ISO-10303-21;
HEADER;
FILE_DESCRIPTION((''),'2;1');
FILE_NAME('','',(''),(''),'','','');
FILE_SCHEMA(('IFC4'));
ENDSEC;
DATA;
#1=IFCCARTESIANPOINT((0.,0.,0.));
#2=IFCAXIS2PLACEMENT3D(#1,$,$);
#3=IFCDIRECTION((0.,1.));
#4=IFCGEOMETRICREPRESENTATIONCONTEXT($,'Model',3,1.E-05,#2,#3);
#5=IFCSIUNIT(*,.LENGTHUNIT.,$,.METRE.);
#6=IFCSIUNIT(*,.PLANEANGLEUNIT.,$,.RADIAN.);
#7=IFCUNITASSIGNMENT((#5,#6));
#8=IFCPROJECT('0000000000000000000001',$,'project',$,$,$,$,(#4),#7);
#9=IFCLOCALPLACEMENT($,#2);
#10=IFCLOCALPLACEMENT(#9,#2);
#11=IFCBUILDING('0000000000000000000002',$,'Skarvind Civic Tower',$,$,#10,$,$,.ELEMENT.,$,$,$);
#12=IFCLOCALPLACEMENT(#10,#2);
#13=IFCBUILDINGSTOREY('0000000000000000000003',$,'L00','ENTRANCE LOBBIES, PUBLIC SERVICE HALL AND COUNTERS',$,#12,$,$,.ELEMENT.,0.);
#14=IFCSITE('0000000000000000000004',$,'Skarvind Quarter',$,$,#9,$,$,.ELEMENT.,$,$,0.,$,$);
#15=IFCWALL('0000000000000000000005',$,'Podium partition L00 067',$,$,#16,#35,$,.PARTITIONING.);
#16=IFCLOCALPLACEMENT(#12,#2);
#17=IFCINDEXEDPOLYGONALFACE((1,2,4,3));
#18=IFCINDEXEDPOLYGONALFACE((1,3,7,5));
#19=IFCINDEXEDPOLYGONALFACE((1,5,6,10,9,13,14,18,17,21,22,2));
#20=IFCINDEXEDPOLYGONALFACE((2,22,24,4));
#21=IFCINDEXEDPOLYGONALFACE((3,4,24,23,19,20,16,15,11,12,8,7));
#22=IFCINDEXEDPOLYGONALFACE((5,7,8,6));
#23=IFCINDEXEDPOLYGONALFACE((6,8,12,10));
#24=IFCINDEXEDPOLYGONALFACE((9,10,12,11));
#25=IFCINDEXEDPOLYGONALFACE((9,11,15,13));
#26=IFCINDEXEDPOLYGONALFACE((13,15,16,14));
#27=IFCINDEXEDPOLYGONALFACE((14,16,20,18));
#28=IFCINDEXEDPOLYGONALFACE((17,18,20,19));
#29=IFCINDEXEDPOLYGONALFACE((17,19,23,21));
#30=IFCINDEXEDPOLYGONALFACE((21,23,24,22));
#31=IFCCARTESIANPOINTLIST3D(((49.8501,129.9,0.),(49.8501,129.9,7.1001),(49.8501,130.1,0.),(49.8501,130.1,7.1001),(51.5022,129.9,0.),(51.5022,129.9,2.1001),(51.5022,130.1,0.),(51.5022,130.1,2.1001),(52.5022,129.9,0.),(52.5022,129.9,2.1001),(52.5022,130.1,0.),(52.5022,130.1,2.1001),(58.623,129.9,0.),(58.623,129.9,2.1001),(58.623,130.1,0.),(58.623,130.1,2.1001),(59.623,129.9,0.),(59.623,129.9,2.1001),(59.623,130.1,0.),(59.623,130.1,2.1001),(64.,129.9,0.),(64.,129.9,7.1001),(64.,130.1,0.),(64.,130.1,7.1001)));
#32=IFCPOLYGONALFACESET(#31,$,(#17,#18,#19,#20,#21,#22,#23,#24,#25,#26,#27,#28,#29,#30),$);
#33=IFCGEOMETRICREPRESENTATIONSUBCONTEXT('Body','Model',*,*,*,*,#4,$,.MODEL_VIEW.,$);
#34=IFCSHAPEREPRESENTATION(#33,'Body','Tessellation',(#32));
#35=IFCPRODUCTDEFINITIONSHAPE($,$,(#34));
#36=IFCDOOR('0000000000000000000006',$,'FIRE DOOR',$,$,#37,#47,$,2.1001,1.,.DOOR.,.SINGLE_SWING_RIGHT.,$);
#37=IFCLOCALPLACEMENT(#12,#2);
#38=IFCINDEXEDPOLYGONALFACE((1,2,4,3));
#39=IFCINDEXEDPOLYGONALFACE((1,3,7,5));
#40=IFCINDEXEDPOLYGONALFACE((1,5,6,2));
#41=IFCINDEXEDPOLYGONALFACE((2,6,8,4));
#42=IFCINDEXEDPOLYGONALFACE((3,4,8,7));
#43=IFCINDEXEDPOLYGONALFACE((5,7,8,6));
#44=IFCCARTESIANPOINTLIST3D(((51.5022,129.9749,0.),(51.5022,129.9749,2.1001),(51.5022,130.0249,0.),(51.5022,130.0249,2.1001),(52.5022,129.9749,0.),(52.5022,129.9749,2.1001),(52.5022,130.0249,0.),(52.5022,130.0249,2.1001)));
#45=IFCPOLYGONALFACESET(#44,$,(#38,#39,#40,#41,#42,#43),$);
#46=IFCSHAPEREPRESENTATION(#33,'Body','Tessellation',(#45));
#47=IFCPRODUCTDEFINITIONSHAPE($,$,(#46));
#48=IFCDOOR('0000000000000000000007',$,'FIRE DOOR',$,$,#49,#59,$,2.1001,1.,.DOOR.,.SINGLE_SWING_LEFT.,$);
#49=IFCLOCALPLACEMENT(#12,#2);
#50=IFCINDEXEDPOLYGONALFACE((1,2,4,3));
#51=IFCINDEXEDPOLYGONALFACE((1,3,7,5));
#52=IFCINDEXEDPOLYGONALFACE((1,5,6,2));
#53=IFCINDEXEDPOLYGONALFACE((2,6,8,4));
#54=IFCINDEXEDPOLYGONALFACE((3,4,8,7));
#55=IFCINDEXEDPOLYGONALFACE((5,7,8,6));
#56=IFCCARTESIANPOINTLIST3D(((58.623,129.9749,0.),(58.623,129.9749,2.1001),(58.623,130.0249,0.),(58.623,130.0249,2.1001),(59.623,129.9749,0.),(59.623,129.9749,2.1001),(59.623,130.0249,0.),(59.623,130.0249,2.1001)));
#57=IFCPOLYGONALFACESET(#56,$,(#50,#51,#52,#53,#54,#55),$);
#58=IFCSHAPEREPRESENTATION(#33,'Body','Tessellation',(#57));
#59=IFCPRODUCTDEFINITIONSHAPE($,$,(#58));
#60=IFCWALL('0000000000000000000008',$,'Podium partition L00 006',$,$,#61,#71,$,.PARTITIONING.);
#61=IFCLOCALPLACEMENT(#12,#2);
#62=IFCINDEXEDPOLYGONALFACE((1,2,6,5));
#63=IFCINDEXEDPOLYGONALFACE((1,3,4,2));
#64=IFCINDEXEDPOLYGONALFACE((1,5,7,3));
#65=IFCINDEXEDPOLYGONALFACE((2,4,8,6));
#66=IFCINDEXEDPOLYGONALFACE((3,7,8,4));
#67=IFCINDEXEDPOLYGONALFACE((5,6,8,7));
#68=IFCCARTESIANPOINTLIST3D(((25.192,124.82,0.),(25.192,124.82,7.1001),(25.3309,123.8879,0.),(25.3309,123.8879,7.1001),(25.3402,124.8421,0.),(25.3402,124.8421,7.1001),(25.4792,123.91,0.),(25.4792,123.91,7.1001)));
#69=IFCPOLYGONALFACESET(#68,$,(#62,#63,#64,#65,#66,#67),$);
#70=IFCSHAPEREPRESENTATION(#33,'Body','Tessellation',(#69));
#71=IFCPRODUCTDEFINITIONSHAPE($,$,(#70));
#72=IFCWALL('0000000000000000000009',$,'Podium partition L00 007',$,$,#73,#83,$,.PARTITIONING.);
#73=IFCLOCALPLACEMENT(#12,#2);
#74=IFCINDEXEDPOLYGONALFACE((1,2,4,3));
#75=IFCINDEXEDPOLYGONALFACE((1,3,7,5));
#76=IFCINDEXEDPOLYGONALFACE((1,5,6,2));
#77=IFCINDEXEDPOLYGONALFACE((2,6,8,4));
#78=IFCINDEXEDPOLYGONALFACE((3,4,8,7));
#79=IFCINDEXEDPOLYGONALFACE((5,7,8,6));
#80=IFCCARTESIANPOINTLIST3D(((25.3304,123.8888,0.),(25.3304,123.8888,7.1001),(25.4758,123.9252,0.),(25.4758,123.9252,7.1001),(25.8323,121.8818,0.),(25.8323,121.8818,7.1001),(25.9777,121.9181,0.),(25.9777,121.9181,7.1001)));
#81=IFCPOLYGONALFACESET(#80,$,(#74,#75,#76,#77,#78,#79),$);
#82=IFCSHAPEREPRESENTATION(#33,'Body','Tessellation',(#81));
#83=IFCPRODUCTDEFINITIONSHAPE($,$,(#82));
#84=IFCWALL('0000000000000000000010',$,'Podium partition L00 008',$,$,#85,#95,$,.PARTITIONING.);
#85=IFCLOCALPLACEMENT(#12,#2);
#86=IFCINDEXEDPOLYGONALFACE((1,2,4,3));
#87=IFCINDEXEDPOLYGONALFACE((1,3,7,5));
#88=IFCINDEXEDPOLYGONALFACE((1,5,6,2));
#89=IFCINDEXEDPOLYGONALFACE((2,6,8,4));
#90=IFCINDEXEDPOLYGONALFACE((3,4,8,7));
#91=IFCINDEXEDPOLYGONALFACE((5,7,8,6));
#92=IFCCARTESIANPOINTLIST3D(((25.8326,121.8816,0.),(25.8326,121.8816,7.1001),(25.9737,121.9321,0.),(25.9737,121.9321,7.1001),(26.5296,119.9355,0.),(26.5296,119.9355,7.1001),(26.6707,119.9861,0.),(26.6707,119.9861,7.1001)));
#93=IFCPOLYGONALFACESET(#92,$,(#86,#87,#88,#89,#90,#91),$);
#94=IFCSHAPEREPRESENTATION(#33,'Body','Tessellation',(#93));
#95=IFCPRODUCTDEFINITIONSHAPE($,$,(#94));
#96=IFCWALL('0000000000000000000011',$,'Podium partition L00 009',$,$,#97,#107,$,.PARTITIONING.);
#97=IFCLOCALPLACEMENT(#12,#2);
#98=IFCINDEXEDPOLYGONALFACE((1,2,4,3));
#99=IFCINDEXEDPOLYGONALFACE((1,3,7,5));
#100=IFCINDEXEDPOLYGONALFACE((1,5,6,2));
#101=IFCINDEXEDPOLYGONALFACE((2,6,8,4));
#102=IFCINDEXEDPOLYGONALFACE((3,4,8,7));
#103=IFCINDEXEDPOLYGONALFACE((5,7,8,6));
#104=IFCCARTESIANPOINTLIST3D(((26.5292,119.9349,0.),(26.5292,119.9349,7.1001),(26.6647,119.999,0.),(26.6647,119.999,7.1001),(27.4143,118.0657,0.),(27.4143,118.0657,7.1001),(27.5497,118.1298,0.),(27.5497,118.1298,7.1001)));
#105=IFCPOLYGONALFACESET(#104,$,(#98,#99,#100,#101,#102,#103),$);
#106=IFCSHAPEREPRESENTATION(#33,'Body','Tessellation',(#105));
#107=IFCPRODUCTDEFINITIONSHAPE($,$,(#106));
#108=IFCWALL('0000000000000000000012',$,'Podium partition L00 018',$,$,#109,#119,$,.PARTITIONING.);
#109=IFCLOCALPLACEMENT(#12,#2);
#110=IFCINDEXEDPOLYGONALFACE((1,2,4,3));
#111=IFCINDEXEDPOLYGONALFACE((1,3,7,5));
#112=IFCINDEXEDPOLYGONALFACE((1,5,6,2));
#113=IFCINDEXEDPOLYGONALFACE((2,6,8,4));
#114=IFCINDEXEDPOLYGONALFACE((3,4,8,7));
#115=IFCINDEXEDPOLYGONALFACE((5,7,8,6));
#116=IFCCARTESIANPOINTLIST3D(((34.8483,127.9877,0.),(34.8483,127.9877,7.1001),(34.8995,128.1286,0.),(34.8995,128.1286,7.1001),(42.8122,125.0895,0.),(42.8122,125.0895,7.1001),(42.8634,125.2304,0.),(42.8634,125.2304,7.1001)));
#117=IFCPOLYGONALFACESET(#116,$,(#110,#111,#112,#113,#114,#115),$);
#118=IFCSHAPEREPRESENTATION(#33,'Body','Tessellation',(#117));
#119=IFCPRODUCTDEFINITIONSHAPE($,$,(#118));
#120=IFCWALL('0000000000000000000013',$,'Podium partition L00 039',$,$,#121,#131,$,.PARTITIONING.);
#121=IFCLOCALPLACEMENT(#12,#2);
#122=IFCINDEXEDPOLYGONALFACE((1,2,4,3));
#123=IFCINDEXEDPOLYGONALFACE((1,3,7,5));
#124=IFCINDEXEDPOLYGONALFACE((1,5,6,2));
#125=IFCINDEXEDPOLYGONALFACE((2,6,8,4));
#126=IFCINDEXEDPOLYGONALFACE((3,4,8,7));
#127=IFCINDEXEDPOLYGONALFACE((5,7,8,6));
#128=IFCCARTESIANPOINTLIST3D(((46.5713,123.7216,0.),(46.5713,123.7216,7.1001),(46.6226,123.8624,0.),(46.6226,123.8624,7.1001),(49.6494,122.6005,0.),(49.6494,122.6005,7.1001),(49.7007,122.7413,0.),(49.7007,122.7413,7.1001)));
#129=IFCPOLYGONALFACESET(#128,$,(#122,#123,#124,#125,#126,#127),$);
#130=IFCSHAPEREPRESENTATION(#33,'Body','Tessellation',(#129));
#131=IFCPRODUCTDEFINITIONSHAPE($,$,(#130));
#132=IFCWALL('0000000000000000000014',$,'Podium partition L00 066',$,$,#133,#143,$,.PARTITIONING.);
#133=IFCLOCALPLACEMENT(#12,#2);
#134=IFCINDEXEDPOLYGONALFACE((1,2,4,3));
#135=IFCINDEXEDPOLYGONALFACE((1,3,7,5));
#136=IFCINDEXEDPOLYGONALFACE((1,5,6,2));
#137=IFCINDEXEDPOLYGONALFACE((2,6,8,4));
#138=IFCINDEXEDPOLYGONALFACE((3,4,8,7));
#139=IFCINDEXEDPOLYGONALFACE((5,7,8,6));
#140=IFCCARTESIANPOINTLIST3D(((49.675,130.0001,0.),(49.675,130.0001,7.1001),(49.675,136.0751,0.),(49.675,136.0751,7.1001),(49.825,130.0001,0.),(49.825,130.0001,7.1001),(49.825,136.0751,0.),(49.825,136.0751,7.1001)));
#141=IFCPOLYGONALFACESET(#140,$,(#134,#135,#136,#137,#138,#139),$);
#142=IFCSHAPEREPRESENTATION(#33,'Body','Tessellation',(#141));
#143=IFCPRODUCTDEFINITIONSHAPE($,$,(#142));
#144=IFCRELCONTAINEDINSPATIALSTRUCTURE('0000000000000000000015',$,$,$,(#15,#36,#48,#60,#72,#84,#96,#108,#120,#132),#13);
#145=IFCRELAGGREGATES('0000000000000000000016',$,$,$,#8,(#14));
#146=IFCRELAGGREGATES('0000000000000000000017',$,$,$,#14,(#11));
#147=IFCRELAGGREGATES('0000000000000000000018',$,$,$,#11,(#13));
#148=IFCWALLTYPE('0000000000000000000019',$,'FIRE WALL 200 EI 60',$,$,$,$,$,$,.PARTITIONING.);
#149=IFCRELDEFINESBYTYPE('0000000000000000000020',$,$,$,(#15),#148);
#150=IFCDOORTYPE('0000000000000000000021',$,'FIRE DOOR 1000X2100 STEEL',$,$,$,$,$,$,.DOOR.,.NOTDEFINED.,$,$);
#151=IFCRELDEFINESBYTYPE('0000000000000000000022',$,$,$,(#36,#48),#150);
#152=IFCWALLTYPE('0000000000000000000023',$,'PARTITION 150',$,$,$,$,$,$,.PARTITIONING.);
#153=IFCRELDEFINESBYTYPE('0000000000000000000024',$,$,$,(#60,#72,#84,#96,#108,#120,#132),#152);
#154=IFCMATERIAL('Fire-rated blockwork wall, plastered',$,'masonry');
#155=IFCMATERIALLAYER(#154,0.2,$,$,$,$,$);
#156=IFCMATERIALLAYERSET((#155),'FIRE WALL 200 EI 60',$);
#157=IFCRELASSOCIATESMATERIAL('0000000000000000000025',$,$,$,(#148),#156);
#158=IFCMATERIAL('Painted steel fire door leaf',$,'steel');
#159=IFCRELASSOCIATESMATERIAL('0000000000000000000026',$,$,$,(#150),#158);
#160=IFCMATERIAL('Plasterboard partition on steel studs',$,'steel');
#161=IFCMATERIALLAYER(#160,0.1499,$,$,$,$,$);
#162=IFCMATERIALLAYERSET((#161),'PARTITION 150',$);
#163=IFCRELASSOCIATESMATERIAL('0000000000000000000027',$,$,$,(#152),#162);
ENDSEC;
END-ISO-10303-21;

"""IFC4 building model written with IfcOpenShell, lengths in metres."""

from ifc_helpers import new_model, si_unit, direction, frame, frame_2d, origin, place, context, subcontext, project, spatial, rectangle, extrude, material, layer, layer_set, type_object, element, fill, save


model = new_model("IFC4")

# Units and contexts
model_context = context("Model", 3, precision=1e-05, world=origin(), true_north=direction((0.0, 1.0)))
body_context = subcontext(model_context, "Body", "Model", "MODEL_VIEW")
ifc_project = project(units=[si_unit("LENGTHUNIT", "METRE"), si_unit("PLANEANGLEUNIT", "RADIAN")], contexts=[model_context])

# Site, building, storey
site_placement = place(None, origin())
site = spatial("IfcSite", under=ifc_project, at=site_placement, Name="Skarvind Quarter", CompositionType="ELEMENT", RefElevation=0.0)
building_placement = place(site_placement, origin())
building = spatial("IfcBuilding", under=site, at=building_placement, Name="Skarvind Civic Tower", CompositionType="ELEMENT")
storey_placement = place(building_placement, origin())
storey = spatial("IfcBuildingStorey", under=building, at=storey_placement, Name="L00", Description="ENTRANCE LOBBIES, PUBLIC SERVICE HALL AND COUNTERS", CompositionType="ELEMENT", Elevation=0.0)

# Shared definitions
ifc_material_1 = material(Name="Fire-rated blockwork wall, plastered", Category="masonry")
ifc_layer_1 = layer(ifc_material_1, 0.2)
ifc_layer_set_1 = layer_set([ifc_layer_1], Name="FIRE WALL 200 EI 60")
wall_type_1 = type_object("IfcWallType", Name="FIRE WALL 200 EI 60", PredefinedType="PARTITIONING", material=ifc_layer_set_1)
ifc_material_2 = material(Name="Painted steel fire door leaf", Category="steel")
door_type_1 = type_object("IfcDoorType", Name="FIRE DOOR 1000X2100 STEEL", OperationType="NOTDEFINED", PredefinedType="DOOR", material=ifc_material_2)

# Wall, openings, doors
wall_1_placement = place(storey_placement, frame((49.8501, 130.0, 0.0), z_axis=(0.0, 0.0, 1.0), x_axis=(1.0, 0.0, 0.0)))
wall_1 = element("IfcWall", 1, at=wall_1_placement, inside=storey, type_object=wall_type_1, Name="Podium partition L00 067", PredefinedType="PARTITIONING", context=body_context, shape_type="SweptSolid", body=[
    extrude(rectangle(XDim=14.1499, YDim=0.2, at=frame_2d((7.075, 0.0))), origin(), (0.0, 0.0, 1.0), 7.1001),
])
opening_1_placement = place(wall_1_placement, frame((1.6521, 0.0, 0.0)))
opening_1 = element("IfcOpeningElement", 2, at=opening_1_placement, cuts=wall_1, PredefinedType="OPENING", context=body_context, shape_type="SweptSolid", body=[
    extrude(rectangle(XDim=1.0, YDim=2.1001, at=frame_2d((0.5, 1.05))), frame((0.0, 0.1099, 0.0), z_axis=(0.0, -1.0, 0.0), x_axis=(1.0, 0.0, 0.0)), (0.0, 0.0, 1.0), 0.22),
])
opening_2_placement = place(wall_1_placement, frame((8.7729, 0.0, 0.0)))
opening_2 = element("IfcOpeningElement", 3, at=opening_2_placement, cuts=wall_1, PredefinedType="OPENING", context=body_context, shape_type="SweptSolid", body=[
    extrude(rectangle(XDim=1.0, YDim=2.1001, at=frame_2d((0.5, 1.05))), frame((0.0, 0.1099, 0.0), z_axis=(0.0, -1.0, 0.0), x_axis=(1.0, 0.0, 0.0)), (0.0, 0.0, 1.0), 0.22),
])
door_1_placement = place(opening_1_placement, origin())
door_1 = element("IfcDoor", 4, at=door_1_placement, inside=storey, type_object=door_type_1, Name="FIRE DOOR", OperationType="SINGLE_SWING_RIGHT", OverallHeight=2.1001, OverallWidth=1.0, PredefinedType="DOOR", context=body_context, shape_type="SweptSolid", body=[
    extrude(rectangle(XDim=1.0, YDim=2.1001, at=frame_2d((0.5, 1.05))), frame((0.0, 0.0249, 0.0), z_axis=(0.0, -1.0, 0.0), x_axis=(1.0, 0.0, 0.0)), (0.0, 0.0, 1.0), 0.05),
])
fill(opening_1, door_1)
door_2_placement = place(opening_2_placement, origin())
door_2 = element("IfcDoor", 5, at=door_2_placement, inside=storey, type_object=door_type_1, Name="FIRE DOOR", OperationType="SINGLE_SWING_LEFT", OverallHeight=2.1001, OverallWidth=1.0, PredefinedType="DOOR", context=body_context, shape_type="SweptSolid", body=[
    extrude(rectangle(XDim=1.0, YDim=2.1001, at=frame_2d((0.5, 1.05))), frame((0.0, 0.0249, 0.0), z_axis=(0.0, -1.0, 0.0), x_axis=(1.0, 0.0, 0.0)), (0.0, 0.0, 1.0), 0.05),
])
fill(opening_2, door_2)

# Walls
ifc_material_3 = material(Name="Plasterboard partition on steel studs", Category="steel")
ifc_layer_2 = layer(ifc_material_3, 0.1499)
ifc_layer_set_2 = layer_set([ifc_layer_2], Name="PARTITION 150")
wall_type_2 = type_object("IfcWallType", Name="PARTITION 150", PredefinedType="PARTITIONING", material=ifc_layer_set_2)
wall_2_placement = place(storey_placement, frame((25.2661, 124.8311, 0.0), z_axis=(0.0, 0.0, 1.0), x_axis=(0.147403, -0.989077, 0.0)))
element("IfcWall", 6, at=wall_2_placement, inside=storey, type_object=wall_type_2, Name="Podium partition L00 006", PredefinedType="PARTITIONING", context=body_context, shape_type="SweptSolid", body=[
    extrude(rectangle(XDim=0.9424, YDim=0.1499, at=frame_2d((0.4712, 0.0))), origin(), (0.0, 0.0, 1.0), 7.1001),
])
wall_3_placement = place(storey_placement, frame((25.4031, 123.907, 0.0), z_axis=(0.0, 0.0, 1.0), x_axis=(0.242619, -0.970122, 0.0)))
element("IfcWall", 7, at=wall_3_placement, inside=storey, type_object=wall_type_2, Name="Podium partition L00 007", PredefinedType="PARTITIONING", context=body_context, shape_type="SweptSolid", body=[
    extrude(rectangle(XDim=2.0688, YDim=0.1499, at=frame_2d((1.0344, 0.0))), origin(), (0.0, 0.0, 1.0), 7.1001),
])
wall_4_placement = place(storey_placement, frame((25.9031, 121.907, 0.0), z_axis=(0.0, 0.0, 1.0), x_axis=(0.337197, -0.941434, 0.0)))
element("IfcWall", 8, at=wall_4_placement, inside=storey, type_object=wall_type_2, Name="Podium partition L00 008", PredefinedType="PARTITIONING", context=body_context, shape_type="SweptSolid", body=[
    extrude(rectangle(XDim=2.0671, YDim=0.1499, at=frame_2d((1.0337, 0.0))), origin(), (0.0, 0.0, 1.0), 7.1001),
])
wall_5_placement = place(storey_placement, frame((26.5969, 119.967, 0.0), z_axis=(0.0, 0.0, 1.0), x_axis=(0.427939, -0.903808, 0.0)))
element("IfcWall", 9, at=wall_5_placement, inside=storey, type_object=wall_type_2, Name="Podium partition L00 009", PredefinedType="PARTITIONING", context=body_context, shape_type="SweptSolid", body=[
    extrude(rectangle(XDim=2.0681, YDim=0.1499, at=frame_2d((1.0342, 0.0))), origin(), (0.0, 0.0, 1.0), 7.1001),
])
wall_6_placement = place(storey_placement, frame((34.874, 128.0581, 0.0), z_axis=(0.0, 0.0, 1.0), x_axis=(0.939708, -0.341977, 0.0)))
element("IfcWall", 10, at=wall_6_placement, inside=storey, type_object=wall_type_2, Name="Podium partition L00 018", PredefinedType="PARTITIONING", context=body_context, shape_type="SweptSolid", body=[
    extrude(rectangle(XDim=8.4749, YDim=0.1499, at=frame_2d((4.2373, 0.0))), origin(), (0.0, 0.0, 1.0), 7.1001),
])
wall_7_placement = place(storey_placement, frame((46.5969, 123.792, 0.0), z_axis=(0.0, 0.0, 1.0), x_axis=(0.939619, -0.342222, 0.0)))
element("IfcWall", 11, at=wall_7_placement, inside=storey, type_object=wall_type_2, Name="Podium partition L00 039", PredefinedType="PARTITIONING", context=body_context, shape_type="SweptSolid", body=[
    extrude(rectangle(XDim=3.2759, YDim=0.1499, at=frame_2d((1.6379, 0.0))), origin(), (0.0, 0.0, 1.0), 7.1001),
])
wall_8_placement = place(storey_placement, frame((49.75, 130.0, 0.0), z_axis=(0.0, 0.0, 1.0), x_axis=(0.0, 1.0, 0.0)))
element("IfcWall", 12, at=wall_8_placement, inside=storey, type_object=wall_type_2, Name="Podium partition L00 066", PredefinedType="PARTITIONING", context=body_context, shape_type="SweptSolid", body=[
    extrude(rectangle(XDim=6.075, YDim=0.1499, at=frame_2d((3.0376, 0.0))), origin(), (0.0, 0.0, 1.0), 7.1001),
])

save(model, "model.ifc")
